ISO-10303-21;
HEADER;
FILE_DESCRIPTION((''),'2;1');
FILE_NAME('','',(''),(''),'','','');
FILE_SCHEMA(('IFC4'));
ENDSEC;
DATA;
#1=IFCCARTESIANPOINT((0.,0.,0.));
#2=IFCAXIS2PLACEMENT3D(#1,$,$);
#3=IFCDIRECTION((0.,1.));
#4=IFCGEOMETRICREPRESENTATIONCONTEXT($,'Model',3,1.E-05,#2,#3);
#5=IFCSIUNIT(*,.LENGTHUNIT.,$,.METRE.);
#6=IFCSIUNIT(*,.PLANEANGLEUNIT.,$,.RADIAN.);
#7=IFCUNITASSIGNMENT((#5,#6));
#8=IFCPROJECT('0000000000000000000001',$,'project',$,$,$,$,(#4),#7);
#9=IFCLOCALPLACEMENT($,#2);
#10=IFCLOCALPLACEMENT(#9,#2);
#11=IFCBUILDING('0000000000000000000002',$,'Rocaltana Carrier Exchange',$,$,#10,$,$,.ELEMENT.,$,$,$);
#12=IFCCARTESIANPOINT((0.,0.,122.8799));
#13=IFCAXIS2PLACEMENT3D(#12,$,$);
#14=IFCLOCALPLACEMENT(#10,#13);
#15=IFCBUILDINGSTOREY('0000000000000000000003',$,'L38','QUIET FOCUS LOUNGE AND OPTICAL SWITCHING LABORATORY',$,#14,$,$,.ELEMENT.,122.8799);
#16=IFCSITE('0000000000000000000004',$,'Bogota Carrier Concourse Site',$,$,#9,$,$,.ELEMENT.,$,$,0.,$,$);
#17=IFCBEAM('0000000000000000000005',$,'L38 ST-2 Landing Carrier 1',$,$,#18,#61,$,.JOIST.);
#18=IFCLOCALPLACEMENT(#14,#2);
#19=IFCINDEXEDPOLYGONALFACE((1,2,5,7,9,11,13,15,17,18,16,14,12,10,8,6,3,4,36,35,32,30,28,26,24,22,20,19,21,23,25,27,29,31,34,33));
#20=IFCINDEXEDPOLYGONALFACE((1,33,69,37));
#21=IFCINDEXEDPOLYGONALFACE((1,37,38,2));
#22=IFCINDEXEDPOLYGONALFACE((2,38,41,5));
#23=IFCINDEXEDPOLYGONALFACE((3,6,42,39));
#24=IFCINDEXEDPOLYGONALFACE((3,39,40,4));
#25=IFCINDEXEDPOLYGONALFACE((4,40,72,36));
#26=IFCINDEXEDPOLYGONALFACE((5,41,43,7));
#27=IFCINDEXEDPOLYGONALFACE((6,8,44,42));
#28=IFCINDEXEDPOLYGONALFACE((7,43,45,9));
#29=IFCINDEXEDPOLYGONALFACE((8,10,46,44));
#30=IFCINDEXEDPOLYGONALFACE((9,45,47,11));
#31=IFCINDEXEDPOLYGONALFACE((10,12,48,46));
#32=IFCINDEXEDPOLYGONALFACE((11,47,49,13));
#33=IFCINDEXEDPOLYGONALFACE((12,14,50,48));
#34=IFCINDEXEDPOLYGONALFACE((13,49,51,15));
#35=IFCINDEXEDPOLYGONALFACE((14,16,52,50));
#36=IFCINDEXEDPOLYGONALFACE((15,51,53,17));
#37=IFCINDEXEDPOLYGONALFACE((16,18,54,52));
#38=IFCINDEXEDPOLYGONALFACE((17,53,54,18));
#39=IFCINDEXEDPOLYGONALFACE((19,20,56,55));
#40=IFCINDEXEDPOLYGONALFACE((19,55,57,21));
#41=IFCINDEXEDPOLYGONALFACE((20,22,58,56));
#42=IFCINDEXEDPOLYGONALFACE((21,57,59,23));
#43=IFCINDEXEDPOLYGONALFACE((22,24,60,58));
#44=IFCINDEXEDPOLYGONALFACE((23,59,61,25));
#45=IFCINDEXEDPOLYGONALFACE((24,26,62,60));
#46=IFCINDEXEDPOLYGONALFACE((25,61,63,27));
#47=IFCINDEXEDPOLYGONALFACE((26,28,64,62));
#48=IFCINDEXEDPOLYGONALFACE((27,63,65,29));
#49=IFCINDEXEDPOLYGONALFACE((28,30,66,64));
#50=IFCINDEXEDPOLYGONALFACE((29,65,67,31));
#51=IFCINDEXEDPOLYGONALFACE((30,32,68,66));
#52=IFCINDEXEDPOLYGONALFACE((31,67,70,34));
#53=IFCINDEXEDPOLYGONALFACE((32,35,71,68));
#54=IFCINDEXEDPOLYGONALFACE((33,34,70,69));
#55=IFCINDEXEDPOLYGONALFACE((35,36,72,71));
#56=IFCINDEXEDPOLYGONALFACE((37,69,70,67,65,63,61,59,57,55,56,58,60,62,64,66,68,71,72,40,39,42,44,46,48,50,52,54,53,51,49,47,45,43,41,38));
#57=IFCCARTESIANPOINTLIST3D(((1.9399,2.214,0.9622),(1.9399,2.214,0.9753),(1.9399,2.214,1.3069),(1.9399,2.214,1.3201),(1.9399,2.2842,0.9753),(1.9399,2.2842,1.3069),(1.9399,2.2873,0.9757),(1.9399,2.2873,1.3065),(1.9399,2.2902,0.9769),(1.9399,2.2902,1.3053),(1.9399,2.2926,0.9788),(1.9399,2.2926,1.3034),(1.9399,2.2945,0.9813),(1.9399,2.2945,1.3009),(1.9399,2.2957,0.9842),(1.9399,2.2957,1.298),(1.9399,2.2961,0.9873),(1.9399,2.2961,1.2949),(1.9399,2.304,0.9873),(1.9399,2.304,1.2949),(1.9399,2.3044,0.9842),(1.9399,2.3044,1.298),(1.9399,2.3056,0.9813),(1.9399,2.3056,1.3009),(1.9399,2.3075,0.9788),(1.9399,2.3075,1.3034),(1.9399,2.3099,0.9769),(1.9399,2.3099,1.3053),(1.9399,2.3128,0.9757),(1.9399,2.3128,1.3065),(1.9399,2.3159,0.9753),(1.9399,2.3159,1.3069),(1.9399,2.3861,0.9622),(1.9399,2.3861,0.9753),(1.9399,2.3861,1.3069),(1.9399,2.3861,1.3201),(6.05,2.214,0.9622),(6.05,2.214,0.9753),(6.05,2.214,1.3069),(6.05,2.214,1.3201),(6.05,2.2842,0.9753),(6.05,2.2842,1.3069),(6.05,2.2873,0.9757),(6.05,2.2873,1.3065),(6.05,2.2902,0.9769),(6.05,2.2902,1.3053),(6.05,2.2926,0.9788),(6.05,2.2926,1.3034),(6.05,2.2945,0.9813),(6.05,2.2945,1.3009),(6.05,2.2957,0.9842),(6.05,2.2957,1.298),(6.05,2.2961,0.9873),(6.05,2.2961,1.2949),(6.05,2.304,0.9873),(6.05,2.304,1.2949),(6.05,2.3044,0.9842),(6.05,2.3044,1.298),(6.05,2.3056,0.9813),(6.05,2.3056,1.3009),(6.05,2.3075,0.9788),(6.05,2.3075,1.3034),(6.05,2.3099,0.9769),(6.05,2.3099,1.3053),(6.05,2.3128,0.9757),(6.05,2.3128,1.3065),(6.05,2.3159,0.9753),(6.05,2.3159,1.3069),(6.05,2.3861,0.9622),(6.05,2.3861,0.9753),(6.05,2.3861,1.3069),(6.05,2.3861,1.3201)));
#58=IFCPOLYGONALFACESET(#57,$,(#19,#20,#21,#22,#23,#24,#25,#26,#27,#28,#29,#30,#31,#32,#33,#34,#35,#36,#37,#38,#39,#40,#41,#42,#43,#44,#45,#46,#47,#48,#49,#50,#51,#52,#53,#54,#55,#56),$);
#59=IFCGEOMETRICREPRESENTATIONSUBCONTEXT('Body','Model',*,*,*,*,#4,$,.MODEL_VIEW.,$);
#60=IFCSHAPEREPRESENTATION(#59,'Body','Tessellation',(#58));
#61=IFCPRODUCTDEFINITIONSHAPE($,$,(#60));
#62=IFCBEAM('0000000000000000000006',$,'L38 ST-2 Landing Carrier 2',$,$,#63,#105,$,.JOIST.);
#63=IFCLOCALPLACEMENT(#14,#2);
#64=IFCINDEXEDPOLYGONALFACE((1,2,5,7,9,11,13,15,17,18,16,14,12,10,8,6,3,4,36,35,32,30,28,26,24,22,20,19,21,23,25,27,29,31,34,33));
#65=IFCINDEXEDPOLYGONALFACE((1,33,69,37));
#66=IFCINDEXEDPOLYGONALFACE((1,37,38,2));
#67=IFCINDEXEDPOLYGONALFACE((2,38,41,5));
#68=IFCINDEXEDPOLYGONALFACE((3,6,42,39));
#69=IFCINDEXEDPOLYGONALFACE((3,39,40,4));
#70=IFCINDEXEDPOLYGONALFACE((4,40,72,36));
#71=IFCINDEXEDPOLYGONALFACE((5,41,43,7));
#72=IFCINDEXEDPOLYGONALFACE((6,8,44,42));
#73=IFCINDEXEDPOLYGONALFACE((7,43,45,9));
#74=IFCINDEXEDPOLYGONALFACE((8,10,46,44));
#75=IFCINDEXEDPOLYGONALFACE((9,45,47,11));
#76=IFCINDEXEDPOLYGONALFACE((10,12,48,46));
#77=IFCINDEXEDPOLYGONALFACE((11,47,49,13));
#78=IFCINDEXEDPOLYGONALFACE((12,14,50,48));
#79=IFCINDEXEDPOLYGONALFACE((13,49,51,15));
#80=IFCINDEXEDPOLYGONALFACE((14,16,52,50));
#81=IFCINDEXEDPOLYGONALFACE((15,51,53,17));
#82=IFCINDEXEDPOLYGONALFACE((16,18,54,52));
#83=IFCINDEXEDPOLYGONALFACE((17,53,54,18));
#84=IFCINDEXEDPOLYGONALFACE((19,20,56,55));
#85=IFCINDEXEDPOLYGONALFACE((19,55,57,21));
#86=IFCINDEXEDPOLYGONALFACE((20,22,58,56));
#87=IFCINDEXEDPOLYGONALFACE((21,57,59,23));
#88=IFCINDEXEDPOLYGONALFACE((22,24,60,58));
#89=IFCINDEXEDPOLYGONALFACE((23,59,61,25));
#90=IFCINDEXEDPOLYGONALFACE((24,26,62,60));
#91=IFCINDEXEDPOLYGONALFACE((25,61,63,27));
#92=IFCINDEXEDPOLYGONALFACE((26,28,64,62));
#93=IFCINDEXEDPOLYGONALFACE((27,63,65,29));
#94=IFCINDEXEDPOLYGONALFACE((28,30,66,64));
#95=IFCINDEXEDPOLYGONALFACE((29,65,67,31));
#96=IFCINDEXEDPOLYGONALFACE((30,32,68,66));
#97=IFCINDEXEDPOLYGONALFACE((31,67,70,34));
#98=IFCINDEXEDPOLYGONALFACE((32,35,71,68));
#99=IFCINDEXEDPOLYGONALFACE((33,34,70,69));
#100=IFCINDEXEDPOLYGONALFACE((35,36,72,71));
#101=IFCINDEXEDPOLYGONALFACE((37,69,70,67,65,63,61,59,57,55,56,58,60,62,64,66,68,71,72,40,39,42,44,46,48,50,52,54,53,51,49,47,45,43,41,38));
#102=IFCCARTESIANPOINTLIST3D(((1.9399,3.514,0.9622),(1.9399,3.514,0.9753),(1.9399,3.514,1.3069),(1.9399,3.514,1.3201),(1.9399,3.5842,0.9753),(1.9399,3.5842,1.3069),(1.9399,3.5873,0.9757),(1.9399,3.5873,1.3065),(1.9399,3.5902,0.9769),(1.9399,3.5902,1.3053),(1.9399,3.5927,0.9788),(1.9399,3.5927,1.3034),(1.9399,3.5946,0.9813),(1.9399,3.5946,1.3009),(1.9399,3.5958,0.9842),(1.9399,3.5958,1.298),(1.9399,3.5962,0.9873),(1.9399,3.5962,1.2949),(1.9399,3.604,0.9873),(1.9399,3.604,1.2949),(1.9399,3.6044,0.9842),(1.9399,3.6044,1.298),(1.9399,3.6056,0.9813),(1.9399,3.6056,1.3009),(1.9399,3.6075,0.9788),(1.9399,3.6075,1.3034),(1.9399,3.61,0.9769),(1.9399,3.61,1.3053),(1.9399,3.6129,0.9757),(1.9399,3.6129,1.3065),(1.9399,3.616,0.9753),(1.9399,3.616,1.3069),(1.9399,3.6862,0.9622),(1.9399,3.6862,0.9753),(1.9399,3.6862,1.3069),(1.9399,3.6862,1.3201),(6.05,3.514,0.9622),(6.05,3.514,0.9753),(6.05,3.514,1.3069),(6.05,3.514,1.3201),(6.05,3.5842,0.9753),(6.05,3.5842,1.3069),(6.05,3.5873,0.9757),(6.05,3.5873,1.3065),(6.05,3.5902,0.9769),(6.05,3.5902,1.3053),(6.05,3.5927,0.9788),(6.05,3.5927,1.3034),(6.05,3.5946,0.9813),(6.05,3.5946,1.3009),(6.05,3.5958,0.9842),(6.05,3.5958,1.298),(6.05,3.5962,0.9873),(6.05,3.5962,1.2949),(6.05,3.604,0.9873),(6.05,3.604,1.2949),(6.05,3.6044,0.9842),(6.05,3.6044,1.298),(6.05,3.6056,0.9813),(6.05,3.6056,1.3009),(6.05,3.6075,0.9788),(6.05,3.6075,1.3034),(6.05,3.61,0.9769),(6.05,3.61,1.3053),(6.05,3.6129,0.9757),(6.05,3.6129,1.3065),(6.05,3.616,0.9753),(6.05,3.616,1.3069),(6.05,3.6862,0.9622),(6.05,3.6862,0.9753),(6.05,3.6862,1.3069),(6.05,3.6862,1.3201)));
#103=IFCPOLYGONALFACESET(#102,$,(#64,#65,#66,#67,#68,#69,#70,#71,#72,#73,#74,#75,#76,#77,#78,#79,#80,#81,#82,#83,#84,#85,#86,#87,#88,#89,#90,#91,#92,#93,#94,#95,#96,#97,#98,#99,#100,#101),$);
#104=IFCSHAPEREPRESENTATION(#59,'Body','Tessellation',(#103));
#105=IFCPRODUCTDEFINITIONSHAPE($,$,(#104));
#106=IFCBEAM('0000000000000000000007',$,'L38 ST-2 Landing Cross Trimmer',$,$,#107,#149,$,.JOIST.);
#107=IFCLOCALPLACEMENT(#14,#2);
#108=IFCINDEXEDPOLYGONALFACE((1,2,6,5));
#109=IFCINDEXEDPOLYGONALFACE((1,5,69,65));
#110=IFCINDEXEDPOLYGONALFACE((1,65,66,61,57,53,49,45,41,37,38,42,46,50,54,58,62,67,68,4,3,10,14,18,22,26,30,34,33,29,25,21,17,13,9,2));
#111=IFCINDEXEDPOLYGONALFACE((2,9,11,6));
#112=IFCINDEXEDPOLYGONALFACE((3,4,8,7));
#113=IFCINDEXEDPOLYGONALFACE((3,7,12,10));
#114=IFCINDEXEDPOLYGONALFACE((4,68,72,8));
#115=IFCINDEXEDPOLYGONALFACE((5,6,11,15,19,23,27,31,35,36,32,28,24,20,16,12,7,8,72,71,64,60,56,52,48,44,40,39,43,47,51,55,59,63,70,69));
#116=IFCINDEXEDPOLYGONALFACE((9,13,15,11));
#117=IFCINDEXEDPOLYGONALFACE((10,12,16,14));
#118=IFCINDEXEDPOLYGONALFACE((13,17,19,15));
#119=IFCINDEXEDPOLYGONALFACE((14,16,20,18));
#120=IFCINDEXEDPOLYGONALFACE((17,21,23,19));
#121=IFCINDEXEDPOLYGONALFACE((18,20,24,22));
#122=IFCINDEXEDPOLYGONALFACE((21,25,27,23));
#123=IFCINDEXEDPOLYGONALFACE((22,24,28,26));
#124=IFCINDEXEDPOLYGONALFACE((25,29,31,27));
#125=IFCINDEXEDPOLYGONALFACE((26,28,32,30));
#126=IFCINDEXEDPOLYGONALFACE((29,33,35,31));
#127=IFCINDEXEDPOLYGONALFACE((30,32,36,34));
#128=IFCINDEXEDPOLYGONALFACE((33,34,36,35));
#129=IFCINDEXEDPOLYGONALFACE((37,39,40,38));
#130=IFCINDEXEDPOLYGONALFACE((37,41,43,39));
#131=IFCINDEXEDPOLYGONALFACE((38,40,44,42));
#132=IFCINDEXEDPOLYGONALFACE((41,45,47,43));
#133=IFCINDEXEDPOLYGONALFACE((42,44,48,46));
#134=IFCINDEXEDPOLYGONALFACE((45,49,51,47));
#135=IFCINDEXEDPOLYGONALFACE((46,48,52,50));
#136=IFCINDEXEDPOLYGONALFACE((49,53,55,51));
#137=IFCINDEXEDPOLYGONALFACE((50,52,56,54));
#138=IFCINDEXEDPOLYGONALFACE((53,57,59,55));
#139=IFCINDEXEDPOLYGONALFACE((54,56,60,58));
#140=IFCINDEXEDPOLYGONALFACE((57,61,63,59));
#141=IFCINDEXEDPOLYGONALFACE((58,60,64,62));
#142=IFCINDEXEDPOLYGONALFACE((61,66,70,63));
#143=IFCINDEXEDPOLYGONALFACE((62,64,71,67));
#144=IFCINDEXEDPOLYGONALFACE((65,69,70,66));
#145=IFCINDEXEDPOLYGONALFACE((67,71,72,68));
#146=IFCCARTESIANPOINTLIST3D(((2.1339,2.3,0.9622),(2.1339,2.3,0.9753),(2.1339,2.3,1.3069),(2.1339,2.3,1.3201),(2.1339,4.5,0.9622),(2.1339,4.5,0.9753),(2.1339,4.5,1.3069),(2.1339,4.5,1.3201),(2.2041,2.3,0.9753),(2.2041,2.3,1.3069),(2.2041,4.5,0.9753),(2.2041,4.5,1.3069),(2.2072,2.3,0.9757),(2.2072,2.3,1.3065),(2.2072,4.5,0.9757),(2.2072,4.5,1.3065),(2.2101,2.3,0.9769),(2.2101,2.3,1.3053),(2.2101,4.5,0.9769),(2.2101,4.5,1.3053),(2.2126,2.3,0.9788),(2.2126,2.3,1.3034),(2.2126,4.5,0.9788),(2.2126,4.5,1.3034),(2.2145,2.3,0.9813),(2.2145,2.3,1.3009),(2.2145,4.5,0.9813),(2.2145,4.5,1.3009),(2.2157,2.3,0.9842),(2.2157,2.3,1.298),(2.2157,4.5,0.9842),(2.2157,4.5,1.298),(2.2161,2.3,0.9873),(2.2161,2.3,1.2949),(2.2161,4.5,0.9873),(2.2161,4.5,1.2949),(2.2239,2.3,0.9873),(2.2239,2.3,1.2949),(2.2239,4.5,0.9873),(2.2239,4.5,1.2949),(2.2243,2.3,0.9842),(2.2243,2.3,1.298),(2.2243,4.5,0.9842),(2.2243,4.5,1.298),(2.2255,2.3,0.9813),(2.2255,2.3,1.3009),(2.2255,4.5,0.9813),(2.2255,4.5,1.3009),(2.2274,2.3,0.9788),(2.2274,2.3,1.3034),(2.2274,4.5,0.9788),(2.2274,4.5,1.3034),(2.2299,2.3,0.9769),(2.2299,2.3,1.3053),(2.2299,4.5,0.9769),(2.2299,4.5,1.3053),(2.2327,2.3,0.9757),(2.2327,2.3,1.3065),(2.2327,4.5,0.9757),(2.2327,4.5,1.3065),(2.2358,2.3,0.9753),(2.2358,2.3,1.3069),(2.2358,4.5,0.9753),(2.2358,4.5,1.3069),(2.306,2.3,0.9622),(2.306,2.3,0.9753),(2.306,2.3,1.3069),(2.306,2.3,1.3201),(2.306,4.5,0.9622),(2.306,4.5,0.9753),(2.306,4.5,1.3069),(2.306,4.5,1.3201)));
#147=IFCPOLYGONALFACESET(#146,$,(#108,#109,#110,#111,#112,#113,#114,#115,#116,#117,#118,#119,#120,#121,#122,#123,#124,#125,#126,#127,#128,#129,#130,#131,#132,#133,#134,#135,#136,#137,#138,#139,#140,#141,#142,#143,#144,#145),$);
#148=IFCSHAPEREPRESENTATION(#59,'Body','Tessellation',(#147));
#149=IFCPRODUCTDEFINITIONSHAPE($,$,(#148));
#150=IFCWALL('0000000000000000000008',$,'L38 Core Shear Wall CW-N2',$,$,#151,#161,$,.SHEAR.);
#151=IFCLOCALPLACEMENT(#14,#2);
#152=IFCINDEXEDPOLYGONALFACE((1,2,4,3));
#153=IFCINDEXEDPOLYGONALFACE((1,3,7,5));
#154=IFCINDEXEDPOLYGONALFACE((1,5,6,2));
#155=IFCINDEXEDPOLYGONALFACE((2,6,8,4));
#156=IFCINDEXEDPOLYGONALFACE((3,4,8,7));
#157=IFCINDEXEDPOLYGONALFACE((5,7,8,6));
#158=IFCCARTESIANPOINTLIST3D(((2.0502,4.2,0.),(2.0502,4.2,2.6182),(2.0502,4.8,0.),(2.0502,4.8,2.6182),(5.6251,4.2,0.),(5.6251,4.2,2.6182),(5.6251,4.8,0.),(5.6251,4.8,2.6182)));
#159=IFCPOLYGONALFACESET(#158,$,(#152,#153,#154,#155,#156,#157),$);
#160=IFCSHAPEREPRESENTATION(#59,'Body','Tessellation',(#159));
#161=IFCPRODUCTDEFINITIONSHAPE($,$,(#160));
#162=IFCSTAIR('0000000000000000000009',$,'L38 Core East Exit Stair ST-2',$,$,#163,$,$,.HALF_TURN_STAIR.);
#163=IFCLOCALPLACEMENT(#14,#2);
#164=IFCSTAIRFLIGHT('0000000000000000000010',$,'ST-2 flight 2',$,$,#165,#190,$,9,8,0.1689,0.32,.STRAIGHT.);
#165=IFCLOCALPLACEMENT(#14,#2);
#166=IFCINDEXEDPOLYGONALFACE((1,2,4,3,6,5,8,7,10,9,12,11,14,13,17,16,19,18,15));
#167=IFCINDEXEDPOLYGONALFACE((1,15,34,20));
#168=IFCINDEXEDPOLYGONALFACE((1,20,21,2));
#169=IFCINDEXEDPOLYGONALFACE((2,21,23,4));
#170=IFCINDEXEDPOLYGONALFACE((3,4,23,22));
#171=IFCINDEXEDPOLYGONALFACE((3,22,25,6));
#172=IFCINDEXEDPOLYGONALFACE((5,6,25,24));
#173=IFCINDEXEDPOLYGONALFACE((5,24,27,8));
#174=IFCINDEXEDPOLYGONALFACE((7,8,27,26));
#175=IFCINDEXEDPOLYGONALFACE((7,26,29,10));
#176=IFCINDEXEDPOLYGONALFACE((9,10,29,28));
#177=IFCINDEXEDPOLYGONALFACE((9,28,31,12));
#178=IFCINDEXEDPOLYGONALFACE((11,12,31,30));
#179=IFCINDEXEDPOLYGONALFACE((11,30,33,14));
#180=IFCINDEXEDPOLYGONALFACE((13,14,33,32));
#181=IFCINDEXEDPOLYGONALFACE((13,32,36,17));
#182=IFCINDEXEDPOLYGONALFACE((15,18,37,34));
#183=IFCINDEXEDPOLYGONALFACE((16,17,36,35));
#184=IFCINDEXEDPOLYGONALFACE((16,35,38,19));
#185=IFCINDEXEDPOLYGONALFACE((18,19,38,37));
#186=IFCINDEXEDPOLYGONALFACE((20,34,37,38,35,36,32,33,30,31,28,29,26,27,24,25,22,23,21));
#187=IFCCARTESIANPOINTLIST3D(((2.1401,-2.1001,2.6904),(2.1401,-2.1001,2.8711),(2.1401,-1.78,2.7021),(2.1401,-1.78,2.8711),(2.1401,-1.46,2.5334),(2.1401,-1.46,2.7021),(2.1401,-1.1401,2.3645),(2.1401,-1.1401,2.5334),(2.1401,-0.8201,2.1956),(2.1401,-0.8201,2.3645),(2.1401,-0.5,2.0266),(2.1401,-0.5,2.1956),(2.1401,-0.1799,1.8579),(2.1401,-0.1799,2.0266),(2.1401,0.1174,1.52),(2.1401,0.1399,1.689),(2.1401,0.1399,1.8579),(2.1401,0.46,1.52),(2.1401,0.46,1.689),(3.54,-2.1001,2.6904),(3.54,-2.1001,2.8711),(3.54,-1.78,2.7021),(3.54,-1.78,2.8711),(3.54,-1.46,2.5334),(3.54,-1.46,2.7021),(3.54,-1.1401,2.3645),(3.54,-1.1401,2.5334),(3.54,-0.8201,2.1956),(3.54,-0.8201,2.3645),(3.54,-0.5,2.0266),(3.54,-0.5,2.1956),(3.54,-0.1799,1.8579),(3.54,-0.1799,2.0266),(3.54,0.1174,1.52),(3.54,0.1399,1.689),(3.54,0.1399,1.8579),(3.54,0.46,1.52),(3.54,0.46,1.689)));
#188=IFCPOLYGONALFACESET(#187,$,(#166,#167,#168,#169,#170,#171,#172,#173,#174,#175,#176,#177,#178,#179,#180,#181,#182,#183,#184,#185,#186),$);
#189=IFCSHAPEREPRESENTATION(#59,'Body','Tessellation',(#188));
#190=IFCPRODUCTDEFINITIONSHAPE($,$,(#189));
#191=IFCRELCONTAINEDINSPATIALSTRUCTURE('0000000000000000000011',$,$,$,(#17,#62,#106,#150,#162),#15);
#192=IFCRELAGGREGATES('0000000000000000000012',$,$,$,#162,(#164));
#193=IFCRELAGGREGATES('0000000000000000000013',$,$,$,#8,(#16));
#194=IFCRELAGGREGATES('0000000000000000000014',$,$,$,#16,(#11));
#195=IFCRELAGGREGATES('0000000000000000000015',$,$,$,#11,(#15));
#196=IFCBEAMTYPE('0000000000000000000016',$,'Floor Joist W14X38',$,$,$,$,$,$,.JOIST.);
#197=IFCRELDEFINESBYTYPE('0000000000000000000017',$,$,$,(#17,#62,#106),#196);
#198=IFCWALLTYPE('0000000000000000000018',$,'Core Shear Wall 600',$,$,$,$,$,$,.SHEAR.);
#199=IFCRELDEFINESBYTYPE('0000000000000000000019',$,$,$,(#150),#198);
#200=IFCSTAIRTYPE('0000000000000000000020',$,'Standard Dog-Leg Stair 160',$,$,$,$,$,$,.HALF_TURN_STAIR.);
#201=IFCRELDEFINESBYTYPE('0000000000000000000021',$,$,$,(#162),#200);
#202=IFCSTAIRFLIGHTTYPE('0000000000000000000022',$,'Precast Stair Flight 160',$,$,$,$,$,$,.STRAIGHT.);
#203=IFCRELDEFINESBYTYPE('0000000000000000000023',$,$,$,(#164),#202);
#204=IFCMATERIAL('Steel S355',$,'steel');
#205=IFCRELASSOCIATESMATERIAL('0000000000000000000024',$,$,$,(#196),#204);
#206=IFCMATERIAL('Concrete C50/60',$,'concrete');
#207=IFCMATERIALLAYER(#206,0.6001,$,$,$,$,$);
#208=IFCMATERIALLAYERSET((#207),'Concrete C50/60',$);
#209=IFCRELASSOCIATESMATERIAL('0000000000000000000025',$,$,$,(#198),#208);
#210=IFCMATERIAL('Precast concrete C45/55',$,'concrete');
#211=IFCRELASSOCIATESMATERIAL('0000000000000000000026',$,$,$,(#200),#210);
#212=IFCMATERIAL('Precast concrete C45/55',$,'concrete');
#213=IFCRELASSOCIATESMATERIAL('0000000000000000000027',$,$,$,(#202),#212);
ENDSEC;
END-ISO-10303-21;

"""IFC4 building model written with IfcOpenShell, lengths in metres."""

from ifc_helpers import new_model, si_unit, direction, frame, frame_2d, origin, origin_2d, place, context, subcontext, project, spatial, polyline, rectangle, i_section, outline, extrude, material, layer, layer_set, material_profile, profile_set, type_object, element, aggregate, save


model = new_model("IFC4")

# Units and contexts
model_context = context("Model", 3, precision=1e-05, world=origin(), true_north=direction((0.0, 1.0)))
body_context = subcontext(model_context, "Body", "Model", "MODEL_VIEW")
ifc_project = project(units=[si_unit("LENGTHUNIT", "METRE"), si_unit("PLANEANGLEUNIT", "RADIAN")], contexts=[model_context])

# Site, building, storey
site_placement = place(None, origin())
site = spatial("IfcSite", under=ifc_project, at=site_placement, Name="Bogota Carrier Concourse Site", CompositionType="ELEMENT", RefElevation=0.0)
building_placement = place(site_placement, origin())
building = spatial("IfcBuilding", under=site, at=building_placement, Name="Rocaltana Carrier Exchange", CompositionType="ELEMENT")
storey_placement = place(building_placement, frame((0.0, 0.0, 122.8799)))
storey = spatial("IfcBuildingStorey", under=building, at=storey_placement, Name="L38", Description="QUIET FOCUS LOUNGE AND OPTICAL SWITCHING LABORATORY", CompositionType="ELEMENT", Elevation=122.8799)

# Beams
ifc_material_1 = material(Name="Steel S355", Category="steel")
ifc_material_profile = material_profile(ifc_material_1, i_section(OverallWidth=0.1721, OverallDepth=0.3579, WebThickness=0.0078, FlangeThickness=0.0132, FilletRadius=0.012, at=origin_2d()), Name="W14X38")
ifc_profile_set = profile_set([ifc_material_profile], Name="Steel S355")
beam_type = type_object("IfcBeamType", Name="Floor Joist W14X38", PredefinedType="JOIST", material=ifc_profile_set)
for number, where, z_axis, x_axis, name in (
    (1, (1.9399, 2.3, 1.1411), (1.0, 0.0, 0.0), (0.0, 1.0, 0.0), "L38 ST-2 Landing Carrier 1"),
    (2, (1.9399, 3.6001, 1.1411), (1.0, 0.0, 0.0), (0.0, 1.0, 0.0), "L38 ST-2 Landing Carrier 2"),
):
    element("IfcBeam", number, at=place(storey_placement, frame(where, z_axis=z_axis, x_axis=x_axis)), inside=storey, type_object=beam_type, Name=name, PredefinedType="JOIST", context=body_context, shape_type="SweptSolid", body=[
        extrude(i_section(OverallWidth=0.1721, OverallDepth=0.3579, WebThickness=0.0078, FlangeThickness=0.0132, FilletRadius=0.012, at=origin_2d()), origin(), (0.0, 0.0, 1.0), 4.1101),
    ])
beam_placement = place(storey_placement, frame((2.22, 2.3, 1.1411), z_axis=(0.0, 1.0, 0.0), x_axis=(-1.0, 0.0, 0.0)))
element("IfcBeam", 3, at=beam_placement, inside=storey, type_object=beam_type, Name="L38 ST-2 Landing Cross Trimmer", PredefinedType="JOIST", context=body_context, shape_type="SweptSolid", body=[
    extrude(i_section(OverallWidth=0.1721, OverallDepth=0.3579, WebThickness=0.0078, FlangeThickness=0.0132, FilletRadius=0.012, at=origin_2d()), origin(), (0.0, 0.0, 1.0), 2.2),
])

# Wall
ifc_material_2 = material(Name="Concrete C50/60", Category="concrete")
ifc_layer_1 = layer(ifc_material_2, 0.6001)
ifc_layer_set_1 = layer_set([ifc_layer_1], Name="Concrete C50/60")
wall_type = type_object("IfcWallType", Name="Core Shear Wall 600", PredefinedType="SHEAR", material=ifc_layer_set_1)
wall_placement = place(storey_placement, frame((2.05, 4.5, 0.0), z_axis=(0.0, 0.0, 1.0), x_axis=(1.0, 0.0, 0.0)))
element("IfcWall", 4, at=wall_placement, inside=storey, type_object=wall_type, Name="L38 Core Shear Wall CW-N2", PredefinedType="SHEAR", context=body_context, shape_type="SweptSolid", body=[
    extrude(rectangle(XDim=3.575, YDim=0.6001, at=frame_2d((1.7876, 0.0))), origin(), (0.0, 0.0, 1.0), 2.6182),
])

# Stair, stair flight
ifc_material_3 = material(Name="Precast concrete C45/55", Category="concrete")
stair_type = type_object("IfcStairType", Name="Standard Dog-Leg Stair 160", PredefinedType="HALF_TURN_STAIR", material=ifc_material_3)
stair_placement = place(storey_placement, origin())
stair = element("IfcStair", 5, at=stair_placement, inside=storey, type_object=stair_type, Name="L38 Core East Exit Stair ST-2", PredefinedType="HALF_TURN_STAIR")
ifc_material_4 = material(Name="Precast concrete C45/55", Category="concrete")
stair_flight_type = type_object("IfcStairFlightType", Name="Precast Stair Flight 160", PredefinedType="STRAIGHT", material=ifc_material_4)
stair_flight_placement = place(storey_placement, frame((2.8401, 0.46, 1.52), z_axis=(0.0, 0.0, 1.0), x_axis=(0.0, -1.0, 0.0)))
stair_flight = element("IfcStairFlight", 6, at=stair_flight_placement, type_object=stair_flight_type, Name="ST-2 flight 2", NumberOfRisers=9, NumberOfTreads=8, PredefinedType="STRAIGHT", RiserHeight=0.1689, TreadLength=0.32, context=body_context, shape_type="SweptSolid", body=[
    extrude(outline(polyline([(0.0, 0.0), (0.0, 0.1689), (0.3201, 0.1689), (0.3201, 0.3379), (0.6399, 0.3379), (0.6399, 0.5066), (0.96, 0.5066), (0.96, 0.6755), (1.28, 0.6755), (1.28, 0.8445), (1.6001, 0.8445), (1.6001, 1.0134), (1.9199, 1.0134), (1.9199, 1.1821), (2.24, 1.1821), (2.24, 1.3511), (2.5601, 1.3511), (2.5601, 1.52), (2.5601, 1.1704), (0.3425, 0.0), (0.0, 0.0)])), frame((0.0, 0.7, 0.0), z_axis=(0.0, -1.0, 0.0), x_axis=(1.0, 0.0, 0.0)), (0.0, 0.0, 1.0), 1.3999),
])
aggregate(stair, [stair_flight])

save(model, "model.ifc")
